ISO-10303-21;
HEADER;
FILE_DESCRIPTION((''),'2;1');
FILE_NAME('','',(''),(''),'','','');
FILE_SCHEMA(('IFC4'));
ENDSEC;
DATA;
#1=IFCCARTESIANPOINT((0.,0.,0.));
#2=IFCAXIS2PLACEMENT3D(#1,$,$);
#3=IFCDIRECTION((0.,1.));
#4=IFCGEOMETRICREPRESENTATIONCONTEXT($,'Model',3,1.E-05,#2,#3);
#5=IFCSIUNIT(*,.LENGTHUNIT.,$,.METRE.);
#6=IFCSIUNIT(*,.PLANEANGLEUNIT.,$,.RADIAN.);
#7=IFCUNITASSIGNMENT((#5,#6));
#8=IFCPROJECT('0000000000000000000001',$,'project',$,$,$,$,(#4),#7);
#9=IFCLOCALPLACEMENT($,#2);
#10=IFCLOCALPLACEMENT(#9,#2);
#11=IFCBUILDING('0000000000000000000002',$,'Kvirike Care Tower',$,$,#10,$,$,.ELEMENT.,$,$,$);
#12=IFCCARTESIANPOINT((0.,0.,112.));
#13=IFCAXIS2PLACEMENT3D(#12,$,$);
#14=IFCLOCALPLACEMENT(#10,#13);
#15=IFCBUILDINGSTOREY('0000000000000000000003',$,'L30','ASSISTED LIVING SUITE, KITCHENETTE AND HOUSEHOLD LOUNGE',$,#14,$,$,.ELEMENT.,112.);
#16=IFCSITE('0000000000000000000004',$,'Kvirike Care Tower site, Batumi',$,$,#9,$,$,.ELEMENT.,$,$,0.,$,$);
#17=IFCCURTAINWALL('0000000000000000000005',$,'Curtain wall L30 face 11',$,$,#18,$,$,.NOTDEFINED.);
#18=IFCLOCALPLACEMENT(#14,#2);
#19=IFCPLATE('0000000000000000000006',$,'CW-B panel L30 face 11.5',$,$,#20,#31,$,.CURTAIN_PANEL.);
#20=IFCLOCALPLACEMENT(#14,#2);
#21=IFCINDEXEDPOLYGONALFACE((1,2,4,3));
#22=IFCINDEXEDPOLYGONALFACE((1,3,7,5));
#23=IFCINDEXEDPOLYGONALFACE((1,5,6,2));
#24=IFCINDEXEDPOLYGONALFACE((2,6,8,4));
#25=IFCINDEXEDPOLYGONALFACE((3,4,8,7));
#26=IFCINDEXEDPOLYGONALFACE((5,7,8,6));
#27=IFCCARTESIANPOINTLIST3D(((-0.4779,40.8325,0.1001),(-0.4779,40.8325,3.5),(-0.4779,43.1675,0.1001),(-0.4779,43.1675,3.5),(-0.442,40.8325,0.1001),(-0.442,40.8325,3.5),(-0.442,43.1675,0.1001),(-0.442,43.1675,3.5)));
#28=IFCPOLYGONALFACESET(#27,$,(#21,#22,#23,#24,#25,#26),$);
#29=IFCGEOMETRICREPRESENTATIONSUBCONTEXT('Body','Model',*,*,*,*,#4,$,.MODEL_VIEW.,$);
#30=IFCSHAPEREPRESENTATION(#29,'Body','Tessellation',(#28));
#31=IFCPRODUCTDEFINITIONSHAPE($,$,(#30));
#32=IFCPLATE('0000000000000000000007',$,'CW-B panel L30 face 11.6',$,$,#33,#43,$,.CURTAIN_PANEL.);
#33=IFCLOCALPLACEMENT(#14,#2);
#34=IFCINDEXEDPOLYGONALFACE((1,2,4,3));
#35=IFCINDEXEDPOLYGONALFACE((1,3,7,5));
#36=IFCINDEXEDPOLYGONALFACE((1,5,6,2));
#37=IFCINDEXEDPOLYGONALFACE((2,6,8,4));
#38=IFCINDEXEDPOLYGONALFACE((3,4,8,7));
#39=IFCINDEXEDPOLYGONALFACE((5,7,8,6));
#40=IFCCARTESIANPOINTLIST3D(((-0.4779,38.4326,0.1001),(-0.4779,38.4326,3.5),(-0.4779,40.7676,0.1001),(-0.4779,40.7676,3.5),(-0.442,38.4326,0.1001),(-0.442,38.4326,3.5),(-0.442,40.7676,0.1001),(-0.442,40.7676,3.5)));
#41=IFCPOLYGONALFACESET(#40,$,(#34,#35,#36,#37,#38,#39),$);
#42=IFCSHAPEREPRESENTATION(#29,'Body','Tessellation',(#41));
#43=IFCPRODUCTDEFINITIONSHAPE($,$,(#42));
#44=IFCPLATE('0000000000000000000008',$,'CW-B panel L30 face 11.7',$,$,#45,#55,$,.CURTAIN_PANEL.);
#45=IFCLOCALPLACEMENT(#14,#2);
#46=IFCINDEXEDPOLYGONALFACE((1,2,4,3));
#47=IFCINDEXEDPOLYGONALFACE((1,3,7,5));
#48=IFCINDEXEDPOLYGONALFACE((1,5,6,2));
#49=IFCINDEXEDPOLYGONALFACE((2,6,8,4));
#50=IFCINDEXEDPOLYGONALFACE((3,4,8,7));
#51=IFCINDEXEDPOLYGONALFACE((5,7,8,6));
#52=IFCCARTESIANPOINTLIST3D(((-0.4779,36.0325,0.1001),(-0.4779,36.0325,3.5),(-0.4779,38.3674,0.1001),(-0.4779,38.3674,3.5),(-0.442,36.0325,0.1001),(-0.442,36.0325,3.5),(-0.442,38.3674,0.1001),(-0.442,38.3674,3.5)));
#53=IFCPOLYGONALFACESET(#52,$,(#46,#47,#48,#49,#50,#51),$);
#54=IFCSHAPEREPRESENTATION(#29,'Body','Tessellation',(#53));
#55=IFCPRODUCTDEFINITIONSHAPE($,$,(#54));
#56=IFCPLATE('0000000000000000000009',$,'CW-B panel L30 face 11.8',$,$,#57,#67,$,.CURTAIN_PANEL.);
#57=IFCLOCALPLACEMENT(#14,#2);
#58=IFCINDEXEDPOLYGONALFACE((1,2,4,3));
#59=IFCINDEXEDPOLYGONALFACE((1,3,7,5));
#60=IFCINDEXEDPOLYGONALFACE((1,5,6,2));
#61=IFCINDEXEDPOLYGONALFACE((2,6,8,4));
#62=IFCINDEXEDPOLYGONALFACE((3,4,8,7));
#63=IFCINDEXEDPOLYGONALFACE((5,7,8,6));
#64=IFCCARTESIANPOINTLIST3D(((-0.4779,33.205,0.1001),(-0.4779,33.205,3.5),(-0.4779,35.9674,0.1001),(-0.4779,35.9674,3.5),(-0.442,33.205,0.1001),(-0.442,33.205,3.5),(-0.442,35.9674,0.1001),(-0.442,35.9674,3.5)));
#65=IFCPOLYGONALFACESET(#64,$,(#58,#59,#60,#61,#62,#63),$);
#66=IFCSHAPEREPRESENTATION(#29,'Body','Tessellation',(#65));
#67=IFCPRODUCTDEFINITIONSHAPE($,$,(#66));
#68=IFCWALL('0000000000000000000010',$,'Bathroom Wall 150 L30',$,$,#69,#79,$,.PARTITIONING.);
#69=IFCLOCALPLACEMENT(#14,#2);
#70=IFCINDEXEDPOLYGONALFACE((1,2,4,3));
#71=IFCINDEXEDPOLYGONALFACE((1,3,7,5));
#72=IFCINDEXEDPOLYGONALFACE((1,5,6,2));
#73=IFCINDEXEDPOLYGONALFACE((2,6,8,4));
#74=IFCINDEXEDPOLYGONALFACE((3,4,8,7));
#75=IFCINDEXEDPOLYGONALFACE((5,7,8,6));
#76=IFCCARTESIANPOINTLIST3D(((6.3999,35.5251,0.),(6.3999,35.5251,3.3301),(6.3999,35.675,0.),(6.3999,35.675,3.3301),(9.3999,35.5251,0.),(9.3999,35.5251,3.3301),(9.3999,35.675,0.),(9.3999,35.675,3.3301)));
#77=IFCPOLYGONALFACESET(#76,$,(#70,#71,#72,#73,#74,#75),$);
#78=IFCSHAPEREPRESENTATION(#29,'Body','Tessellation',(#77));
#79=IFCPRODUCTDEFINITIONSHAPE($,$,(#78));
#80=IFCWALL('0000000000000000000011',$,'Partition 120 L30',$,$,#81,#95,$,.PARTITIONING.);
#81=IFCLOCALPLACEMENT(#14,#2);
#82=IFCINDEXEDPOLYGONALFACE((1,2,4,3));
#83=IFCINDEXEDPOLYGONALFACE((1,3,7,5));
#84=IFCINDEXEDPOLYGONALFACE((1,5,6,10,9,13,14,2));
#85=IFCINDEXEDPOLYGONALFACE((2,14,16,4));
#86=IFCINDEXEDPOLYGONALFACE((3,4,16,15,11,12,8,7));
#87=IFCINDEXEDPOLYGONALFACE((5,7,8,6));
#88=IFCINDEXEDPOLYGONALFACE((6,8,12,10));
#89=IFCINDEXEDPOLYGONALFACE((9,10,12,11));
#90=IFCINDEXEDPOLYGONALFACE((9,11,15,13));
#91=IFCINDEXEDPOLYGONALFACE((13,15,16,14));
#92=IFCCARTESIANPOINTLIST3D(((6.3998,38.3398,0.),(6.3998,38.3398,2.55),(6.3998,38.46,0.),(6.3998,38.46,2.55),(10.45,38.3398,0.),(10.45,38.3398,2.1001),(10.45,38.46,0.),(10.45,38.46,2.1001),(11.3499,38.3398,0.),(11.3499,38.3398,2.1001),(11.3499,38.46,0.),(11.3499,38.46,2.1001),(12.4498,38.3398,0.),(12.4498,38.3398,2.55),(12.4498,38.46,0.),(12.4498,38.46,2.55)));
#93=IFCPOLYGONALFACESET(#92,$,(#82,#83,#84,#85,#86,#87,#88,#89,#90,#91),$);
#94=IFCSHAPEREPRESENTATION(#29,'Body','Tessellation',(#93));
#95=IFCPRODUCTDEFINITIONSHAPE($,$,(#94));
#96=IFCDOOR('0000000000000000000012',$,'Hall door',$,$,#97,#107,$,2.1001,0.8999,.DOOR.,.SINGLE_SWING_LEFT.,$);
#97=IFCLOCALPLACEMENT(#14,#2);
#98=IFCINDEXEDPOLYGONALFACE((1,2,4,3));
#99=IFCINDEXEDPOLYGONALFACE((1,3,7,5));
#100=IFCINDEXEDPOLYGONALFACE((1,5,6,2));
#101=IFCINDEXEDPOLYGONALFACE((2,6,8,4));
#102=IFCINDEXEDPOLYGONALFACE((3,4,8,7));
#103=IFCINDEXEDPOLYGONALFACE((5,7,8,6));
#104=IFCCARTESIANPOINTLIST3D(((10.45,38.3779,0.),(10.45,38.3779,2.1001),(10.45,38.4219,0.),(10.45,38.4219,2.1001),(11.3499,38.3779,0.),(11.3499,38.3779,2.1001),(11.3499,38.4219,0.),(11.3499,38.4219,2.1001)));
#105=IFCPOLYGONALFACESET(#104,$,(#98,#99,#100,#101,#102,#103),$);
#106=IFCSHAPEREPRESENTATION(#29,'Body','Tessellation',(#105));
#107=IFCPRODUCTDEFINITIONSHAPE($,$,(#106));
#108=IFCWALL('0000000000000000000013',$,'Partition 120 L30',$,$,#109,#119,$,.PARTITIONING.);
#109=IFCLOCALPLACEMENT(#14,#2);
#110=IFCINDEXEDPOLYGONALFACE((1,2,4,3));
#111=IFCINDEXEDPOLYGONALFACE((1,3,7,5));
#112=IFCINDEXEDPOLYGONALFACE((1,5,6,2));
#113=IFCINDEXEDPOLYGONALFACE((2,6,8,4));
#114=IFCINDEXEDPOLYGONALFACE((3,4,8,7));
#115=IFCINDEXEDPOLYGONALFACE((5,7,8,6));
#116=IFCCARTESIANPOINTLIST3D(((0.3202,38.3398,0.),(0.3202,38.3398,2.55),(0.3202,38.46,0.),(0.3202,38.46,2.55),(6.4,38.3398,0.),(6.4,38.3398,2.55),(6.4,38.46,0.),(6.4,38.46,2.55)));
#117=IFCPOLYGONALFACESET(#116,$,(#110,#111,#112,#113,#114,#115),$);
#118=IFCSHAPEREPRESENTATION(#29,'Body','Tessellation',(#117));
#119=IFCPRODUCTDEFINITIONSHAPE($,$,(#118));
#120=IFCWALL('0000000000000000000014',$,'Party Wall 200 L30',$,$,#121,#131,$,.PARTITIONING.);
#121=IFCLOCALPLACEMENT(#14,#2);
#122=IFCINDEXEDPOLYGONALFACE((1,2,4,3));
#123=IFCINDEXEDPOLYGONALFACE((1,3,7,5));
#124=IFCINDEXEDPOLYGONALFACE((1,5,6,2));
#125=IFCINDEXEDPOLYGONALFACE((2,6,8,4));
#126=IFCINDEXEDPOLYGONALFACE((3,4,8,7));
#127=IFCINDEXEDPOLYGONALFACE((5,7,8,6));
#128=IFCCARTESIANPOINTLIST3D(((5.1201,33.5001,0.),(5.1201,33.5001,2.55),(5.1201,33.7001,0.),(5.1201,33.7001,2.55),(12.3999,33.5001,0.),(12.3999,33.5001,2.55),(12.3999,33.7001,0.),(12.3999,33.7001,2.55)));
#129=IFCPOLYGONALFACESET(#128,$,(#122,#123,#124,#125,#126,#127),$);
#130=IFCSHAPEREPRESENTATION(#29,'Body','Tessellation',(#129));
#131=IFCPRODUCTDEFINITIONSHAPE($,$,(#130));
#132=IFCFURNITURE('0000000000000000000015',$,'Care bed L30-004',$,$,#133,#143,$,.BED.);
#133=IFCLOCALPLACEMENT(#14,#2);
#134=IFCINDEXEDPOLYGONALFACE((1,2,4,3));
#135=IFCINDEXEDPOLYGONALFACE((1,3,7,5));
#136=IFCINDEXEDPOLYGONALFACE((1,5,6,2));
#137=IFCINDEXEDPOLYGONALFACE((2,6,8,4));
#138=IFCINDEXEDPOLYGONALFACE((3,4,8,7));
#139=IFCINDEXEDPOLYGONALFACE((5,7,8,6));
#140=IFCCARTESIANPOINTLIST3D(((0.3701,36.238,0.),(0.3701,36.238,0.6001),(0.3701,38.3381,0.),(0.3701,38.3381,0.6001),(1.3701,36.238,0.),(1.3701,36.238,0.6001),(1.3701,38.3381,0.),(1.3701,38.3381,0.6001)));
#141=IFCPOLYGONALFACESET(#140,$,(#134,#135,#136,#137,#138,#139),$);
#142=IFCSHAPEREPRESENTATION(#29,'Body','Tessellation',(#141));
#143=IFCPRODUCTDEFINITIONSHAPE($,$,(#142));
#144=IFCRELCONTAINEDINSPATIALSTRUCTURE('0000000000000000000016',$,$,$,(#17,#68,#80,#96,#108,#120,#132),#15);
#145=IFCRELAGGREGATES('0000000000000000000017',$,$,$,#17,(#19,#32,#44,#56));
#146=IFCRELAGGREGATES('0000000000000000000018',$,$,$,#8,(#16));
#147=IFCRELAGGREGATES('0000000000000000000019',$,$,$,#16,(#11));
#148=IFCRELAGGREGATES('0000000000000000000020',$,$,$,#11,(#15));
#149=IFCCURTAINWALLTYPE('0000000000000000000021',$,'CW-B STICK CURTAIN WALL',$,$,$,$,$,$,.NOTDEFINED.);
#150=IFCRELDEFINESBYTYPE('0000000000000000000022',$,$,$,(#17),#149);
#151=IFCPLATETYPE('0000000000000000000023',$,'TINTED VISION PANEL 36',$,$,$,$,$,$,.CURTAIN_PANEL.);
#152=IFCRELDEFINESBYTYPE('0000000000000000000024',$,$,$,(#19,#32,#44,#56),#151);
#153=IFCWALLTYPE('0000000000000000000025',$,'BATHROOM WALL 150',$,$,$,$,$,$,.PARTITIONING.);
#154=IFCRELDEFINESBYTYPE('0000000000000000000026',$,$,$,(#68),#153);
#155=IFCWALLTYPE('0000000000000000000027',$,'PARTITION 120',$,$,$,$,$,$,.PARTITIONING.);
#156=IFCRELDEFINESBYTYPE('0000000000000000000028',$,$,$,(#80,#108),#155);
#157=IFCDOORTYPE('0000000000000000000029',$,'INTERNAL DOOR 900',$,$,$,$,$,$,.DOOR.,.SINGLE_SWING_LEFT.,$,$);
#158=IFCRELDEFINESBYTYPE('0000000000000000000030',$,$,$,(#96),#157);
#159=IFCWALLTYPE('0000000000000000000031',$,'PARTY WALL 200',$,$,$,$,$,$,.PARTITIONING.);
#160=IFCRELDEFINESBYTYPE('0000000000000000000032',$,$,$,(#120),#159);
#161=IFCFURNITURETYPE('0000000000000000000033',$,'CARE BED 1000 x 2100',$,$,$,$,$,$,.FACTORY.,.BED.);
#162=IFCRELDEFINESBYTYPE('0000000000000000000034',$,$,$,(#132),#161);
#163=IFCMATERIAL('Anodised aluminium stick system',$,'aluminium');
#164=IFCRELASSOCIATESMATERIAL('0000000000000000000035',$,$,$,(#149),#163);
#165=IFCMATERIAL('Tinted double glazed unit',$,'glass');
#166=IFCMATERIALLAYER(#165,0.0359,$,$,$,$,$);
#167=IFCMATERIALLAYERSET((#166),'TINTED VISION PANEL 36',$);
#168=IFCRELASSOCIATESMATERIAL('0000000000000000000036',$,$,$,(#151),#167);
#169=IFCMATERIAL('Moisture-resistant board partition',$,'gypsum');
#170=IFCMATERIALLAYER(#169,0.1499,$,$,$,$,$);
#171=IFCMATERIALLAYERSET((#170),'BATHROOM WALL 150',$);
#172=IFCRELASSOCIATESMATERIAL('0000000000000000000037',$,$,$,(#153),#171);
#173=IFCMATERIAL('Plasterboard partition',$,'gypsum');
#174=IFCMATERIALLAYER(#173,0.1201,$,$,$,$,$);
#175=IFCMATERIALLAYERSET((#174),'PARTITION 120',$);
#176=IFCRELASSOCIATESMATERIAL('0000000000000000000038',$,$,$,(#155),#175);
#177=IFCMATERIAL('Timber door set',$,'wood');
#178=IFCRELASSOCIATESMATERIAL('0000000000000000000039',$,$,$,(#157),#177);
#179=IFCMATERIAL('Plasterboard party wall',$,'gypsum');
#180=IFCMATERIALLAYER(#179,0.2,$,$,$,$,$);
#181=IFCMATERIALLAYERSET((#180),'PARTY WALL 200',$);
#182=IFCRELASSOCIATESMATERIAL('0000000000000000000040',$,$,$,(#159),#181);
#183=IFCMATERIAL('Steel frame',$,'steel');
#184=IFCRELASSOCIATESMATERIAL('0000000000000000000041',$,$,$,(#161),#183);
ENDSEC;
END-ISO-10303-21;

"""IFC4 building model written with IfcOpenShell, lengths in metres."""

from ifc_helpers import new_model, si_unit, direction, frame, frame_2d, origin, origin_2d, place, context, subcontext, project, spatial, rectangle, extrude, material, layer, layer_set, type_object, element, fill, aggregate, save


model = new_model("IFC4")

# Units and contexts
model_context = context("Model", 3, precision=1e-05, world=origin(), true_north=direction((0.0, 1.0)))
body_context = subcontext(model_context, "Body", "Model", "MODEL_VIEW")
ifc_project = project(units=[si_unit("LENGTHUNIT", "METRE"), si_unit("PLANEANGLEUNIT", "RADIAN")], contexts=[model_context])

# Site, building, storey
site_placement = place(None, origin())
site = spatial("IfcSite", under=ifc_project, at=site_placement, Name="Kvirike Care Tower site, Batumi", CompositionType="ELEMENT", RefElevation=0.0)
building_placement = place(site_placement, origin())
building = spatial("IfcBuilding", under=site, at=building_placement, Name="Kvirike Care Tower", CompositionType="ELEMENT")
storey_placement = place(building_placement, frame((0.0, 0.0, 112.0)))
storey = spatial("IfcBuildingStorey", under=building, at=storey_placement, Name="L30", Description="ASSISTED LIVING SUITE, KITCHENETTE AND HOUSEHOLD LOUNGE", CompositionType="ELEMENT", Elevation=112.0)

# Curtain wall
ifc_material_1 = material(Name="Anodised aluminium stick system", Category="aluminium")
curtain_wall_type = type_object("IfcCurtainWallType", Name="CW-B STICK CURTAIN WALL", PredefinedType="NOTDEFINED", material=ifc_material_1)
curtain_wall_placement = place(storey_placement, origin())
curtain_wall = element("IfcCurtainWall", 1, at=curtain_wall_placement, inside=storey, type_object=curtain_wall_type, Name="Curtain wall L30 face 11", PredefinedType="NOTDEFINED")

# Plates
ifc_material_2 = material(Name="Tinted double glazed unit", Category="glass")
ifc_layer_1 = layer(ifc_material_2, 0.0359)
ifc_layer_set_1 = layer_set([ifc_layer_1], Name="TINTED VISION PANEL 36")
plate_type = type_object("IfcPlateType", Name="TINTED VISION PANEL 36", PredefinedType="CURTAIN_PANEL", material=ifc_layer_set_1)
plate_1_placement = place(storey_placement, frame((-0.46, 42.0, 0.1001), z_axis=(0.0, 0.0, 1.0), x_axis=(0.0, -1.0, 0.0)))
plate_1 = element("IfcPlate", 2, at=plate_1_placement, type_object=plate_type, Name="CW-B panel L30 face 11.5", PredefinedType="CURTAIN_PANEL", context=body_context, shape_type="SweptSolid", body=[
    extrude(rectangle(XDim=2.335, YDim=0.0359, at=origin_2d()), origin(), (0.0, 0.0, 1.0), 3.3999),
])
plate_2_placement = place(storey_placement, frame((-0.46, 39.6001, 0.1001), z_axis=(0.0, 0.0, 1.0), x_axis=(0.0, -1.0, 0.0)))
plate_2 = element("IfcPlate", 3, at=plate_2_placement, type_object=plate_type, Name="CW-B panel L30 face 11.6", PredefinedType="CURTAIN_PANEL", context=body_context, shape_type="SweptSolid", body=[
    extrude(rectangle(XDim=2.335, YDim=0.0359, at=origin_2d()), origin(), (0.0, 0.0, 1.0), 3.3999),
])
plate_3_placement = place(storey_placement, frame((-0.46, 37.2, 0.1001), z_axis=(0.0, 0.0, 1.0), x_axis=(0.0, -1.0, 0.0)))
plate_3 = element("IfcPlate", 4, at=plate_3_placement, type_object=plate_type, Name="CW-B panel L30 face 11.7", PredefinedType="CURTAIN_PANEL", context=body_context, shape_type="SweptSolid", body=[
    extrude(rectangle(XDim=2.335, YDim=0.0359, at=origin_2d()), origin(), (0.0, 0.0, 1.0), 3.3999),
])
plate_4_placement = place(storey_placement, frame((-0.46, 34.5862, 0.1001), z_axis=(0.0, 0.0, 1.0), x_axis=(0.0, -1.0, 0.0)))
plate_4 = element("IfcPlate", 5, at=plate_4_placement, type_object=plate_type, Name="CW-B panel L30 face 11.8", PredefinedType="CURTAIN_PANEL", context=body_context, shape_type="SweptSolid", body=[
    extrude(rectangle(XDim=2.7625, YDim=0.0359, at=origin_2d()), origin(), (0.0, 0.0, 1.0), 3.3999),
])
aggregate(curtain_wall, [plate_1, plate_2, plate_3, plate_4])

# Wall
ifc_material_3 = material(Name="Moisture-resistant board partition", Category="gypsum")
ifc_layer_2 = layer(ifc_material_3, 0.1499)
ifc_layer_set_2 = layer_set([ifc_layer_2], Name="BATHROOM WALL 150")
wall_type_1 = type_object("IfcWallType", Name="BATHROOM WALL 150", PredefinedType="PARTITIONING", material=ifc_layer_set_2)
wall_1_placement = place(storey_placement, frame((6.3999, 35.6001, 0.0), z_axis=(0.0, 0.0, 1.0), x_axis=(1.0, 0.0, 0.0)))
element("IfcWall", 6, at=wall_1_placement, inside=storey, type_object=wall_type_1, Name="Bathroom Wall 150 L30", PredefinedType="PARTITIONING", context=body_context, shape_type="SweptSolid", body=[
    extrude(rectangle(XDim=3.0, YDim=0.1499, at=frame_2d((1.5, 0.0))), origin(), (0.0, 0.0, 1.0), 3.3301),
])

# Wall, opening, door
ifc_material_4 = material(Name="Plasterboard partition", Category="gypsum")
ifc_layer_3 = layer(ifc_material_4, 0.1201)
ifc_layer_set_3 = layer_set([ifc_layer_3], Name="PARTITION 120")
wall_type_2 = type_object("IfcWallType", Name="PARTITION 120", PredefinedType="PARTITIONING", material=ifc_layer_set_3)
wall_2_placement = place(storey_placement, frame((6.3999, 38.3999, 0.0), z_axis=(0.0, 0.0, 1.0), x_axis=(1.0, 0.0, 0.0)))
wall_2 = element("IfcWall", 7, at=wall_2_placement, inside=storey, type_object=wall_type_2, Name="Partition 120 L30", PredefinedType="PARTITIONING", context=body_context, shape_type="SweptSolid", body=[
    extrude(rectangle(XDim=6.05, YDim=0.1201, at=frame_2d((3.0249, 0.0))), origin(), (0.0, 0.0, 1.0), 2.55),
])
opening_placement = place(wall_2_placement, frame((4.05, 0.0, 0.0)))
opening = element("IfcOpeningElement", 8, at=opening_placement, cuts=wall_2, PredefinedType="OPENING", context=body_context, shape_type="SweptSolid", body=[
    extrude(rectangle(XDim=0.8999, YDim=2.1001, at=frame_2d((0.45, 1.05))), frame((0.0, 0.0706, 0.0), z_axis=(0.0, -1.0, 0.0), x_axis=(1.0, 0.0, 0.0)), (0.0, 0.0, 1.0), 0.1411),
])
ifc_material_5 = material(Name="Timber door set", Category="wood")
door_type = type_object("IfcDoorType", Name="INTERNAL DOOR 900", OperationType="SINGLE_SWING_LEFT", PredefinedType="DOOR", material=ifc_material_5)
door_placement = place(opening_placement, origin())
door = element("IfcDoor", 9, at=door_placement, inside=storey, type_object=door_type, Name="Hall door", OperationType="SINGLE_SWING_LEFT", OverallHeight=2.1001, OverallWidth=0.8999, PredefinedType="DOOR", context=body_context, shape_type="SweptSolid", body=[
    extrude(rectangle(XDim=0.8999, YDim=2.1001, at=frame_2d((0.45, 1.05))), frame((0.0, 0.022, 0.0), z_axis=(0.0, -1.0, 0.0), x_axis=(1.0, 0.0, 0.0)), (0.0, 0.0, 1.0), 0.0439),
])
fill(opening, door)

# Walls
wall_3_placement = place(storey_placement, frame((0.3201, 38.3999, 0.0), z_axis=(0.0, 0.0, 1.0), x_axis=(1.0, 0.0, 0.0)))
element("IfcWall", 10, at=wall_3_placement, inside=storey, type_object=wall_type_2, Name="Partition 120 L30", PredefinedType="PARTITIONING", context=body_context, shape_type="SweptSolid", body=[
    extrude(rectangle(XDim=6.0798, YDim=0.1201, at=frame_2d((3.04, 0.0))), origin(), (0.0, 0.0, 1.0), 2.55),
])
ifc_material_6 = material(Name="Plasterboard party wall", Category="gypsum")
ifc_layer_4 = layer(ifc_material_6, 0.2)
ifc_layer_set_4 = layer_set([ifc_layer_4], Name="PARTY WALL 200")
wall_type_3 = type_object("IfcWallType", Name="PARTY WALL 200", PredefinedType="PARTITIONING", material=ifc_layer_set_4)
wall_4_placement = place(storey_placement, frame((5.1201, 33.6001, 0.0), z_axis=(0.0, 0.0, 1.0), x_axis=(1.0, 0.0, 0.0)))
element("IfcWall", 11, at=wall_4_placement, inside=storey, type_object=wall_type_3, Name="Party Wall 200 L30", PredefinedType="PARTITIONING", context=body_context, shape_type="SweptSolid", body=[
    extrude(rectangle(XDim=7.2798, YDim=0.2, at=frame_2d((3.6399, 0.0))), origin(), (0.0, 0.0, 1.0), 2.55),
])

# Furniture
ifc_material_7 = material(Name="Steel frame", Category="steel")
furniture_type = type_object("IfcFurnitureType", Name="CARE BED 1000 x 2100", AssemblyPlace="FACTORY", PredefinedType="BED", material=ifc_material_7)
furniture_placement = place(storey_placement, frame((0.8701, 37.2881, 0.0), z_axis=(0.0, 0.0, 1.0), x_axis=(1.0, 0.0, 0.0)))
element("IfcFurniture", 12, at=furniture_placement, inside=storey, type_object=furniture_type, Name="Care bed L30-004", PredefinedType="BED", context=body_context, shape_type="SweptSolid", body=[
    extrude(rectangle(XDim=1.0, YDim=2.1001, at=origin_2d()), origin(), (0.0, 0.0, 1.0), 0.6001),
])

save(model, "model.ifc")
